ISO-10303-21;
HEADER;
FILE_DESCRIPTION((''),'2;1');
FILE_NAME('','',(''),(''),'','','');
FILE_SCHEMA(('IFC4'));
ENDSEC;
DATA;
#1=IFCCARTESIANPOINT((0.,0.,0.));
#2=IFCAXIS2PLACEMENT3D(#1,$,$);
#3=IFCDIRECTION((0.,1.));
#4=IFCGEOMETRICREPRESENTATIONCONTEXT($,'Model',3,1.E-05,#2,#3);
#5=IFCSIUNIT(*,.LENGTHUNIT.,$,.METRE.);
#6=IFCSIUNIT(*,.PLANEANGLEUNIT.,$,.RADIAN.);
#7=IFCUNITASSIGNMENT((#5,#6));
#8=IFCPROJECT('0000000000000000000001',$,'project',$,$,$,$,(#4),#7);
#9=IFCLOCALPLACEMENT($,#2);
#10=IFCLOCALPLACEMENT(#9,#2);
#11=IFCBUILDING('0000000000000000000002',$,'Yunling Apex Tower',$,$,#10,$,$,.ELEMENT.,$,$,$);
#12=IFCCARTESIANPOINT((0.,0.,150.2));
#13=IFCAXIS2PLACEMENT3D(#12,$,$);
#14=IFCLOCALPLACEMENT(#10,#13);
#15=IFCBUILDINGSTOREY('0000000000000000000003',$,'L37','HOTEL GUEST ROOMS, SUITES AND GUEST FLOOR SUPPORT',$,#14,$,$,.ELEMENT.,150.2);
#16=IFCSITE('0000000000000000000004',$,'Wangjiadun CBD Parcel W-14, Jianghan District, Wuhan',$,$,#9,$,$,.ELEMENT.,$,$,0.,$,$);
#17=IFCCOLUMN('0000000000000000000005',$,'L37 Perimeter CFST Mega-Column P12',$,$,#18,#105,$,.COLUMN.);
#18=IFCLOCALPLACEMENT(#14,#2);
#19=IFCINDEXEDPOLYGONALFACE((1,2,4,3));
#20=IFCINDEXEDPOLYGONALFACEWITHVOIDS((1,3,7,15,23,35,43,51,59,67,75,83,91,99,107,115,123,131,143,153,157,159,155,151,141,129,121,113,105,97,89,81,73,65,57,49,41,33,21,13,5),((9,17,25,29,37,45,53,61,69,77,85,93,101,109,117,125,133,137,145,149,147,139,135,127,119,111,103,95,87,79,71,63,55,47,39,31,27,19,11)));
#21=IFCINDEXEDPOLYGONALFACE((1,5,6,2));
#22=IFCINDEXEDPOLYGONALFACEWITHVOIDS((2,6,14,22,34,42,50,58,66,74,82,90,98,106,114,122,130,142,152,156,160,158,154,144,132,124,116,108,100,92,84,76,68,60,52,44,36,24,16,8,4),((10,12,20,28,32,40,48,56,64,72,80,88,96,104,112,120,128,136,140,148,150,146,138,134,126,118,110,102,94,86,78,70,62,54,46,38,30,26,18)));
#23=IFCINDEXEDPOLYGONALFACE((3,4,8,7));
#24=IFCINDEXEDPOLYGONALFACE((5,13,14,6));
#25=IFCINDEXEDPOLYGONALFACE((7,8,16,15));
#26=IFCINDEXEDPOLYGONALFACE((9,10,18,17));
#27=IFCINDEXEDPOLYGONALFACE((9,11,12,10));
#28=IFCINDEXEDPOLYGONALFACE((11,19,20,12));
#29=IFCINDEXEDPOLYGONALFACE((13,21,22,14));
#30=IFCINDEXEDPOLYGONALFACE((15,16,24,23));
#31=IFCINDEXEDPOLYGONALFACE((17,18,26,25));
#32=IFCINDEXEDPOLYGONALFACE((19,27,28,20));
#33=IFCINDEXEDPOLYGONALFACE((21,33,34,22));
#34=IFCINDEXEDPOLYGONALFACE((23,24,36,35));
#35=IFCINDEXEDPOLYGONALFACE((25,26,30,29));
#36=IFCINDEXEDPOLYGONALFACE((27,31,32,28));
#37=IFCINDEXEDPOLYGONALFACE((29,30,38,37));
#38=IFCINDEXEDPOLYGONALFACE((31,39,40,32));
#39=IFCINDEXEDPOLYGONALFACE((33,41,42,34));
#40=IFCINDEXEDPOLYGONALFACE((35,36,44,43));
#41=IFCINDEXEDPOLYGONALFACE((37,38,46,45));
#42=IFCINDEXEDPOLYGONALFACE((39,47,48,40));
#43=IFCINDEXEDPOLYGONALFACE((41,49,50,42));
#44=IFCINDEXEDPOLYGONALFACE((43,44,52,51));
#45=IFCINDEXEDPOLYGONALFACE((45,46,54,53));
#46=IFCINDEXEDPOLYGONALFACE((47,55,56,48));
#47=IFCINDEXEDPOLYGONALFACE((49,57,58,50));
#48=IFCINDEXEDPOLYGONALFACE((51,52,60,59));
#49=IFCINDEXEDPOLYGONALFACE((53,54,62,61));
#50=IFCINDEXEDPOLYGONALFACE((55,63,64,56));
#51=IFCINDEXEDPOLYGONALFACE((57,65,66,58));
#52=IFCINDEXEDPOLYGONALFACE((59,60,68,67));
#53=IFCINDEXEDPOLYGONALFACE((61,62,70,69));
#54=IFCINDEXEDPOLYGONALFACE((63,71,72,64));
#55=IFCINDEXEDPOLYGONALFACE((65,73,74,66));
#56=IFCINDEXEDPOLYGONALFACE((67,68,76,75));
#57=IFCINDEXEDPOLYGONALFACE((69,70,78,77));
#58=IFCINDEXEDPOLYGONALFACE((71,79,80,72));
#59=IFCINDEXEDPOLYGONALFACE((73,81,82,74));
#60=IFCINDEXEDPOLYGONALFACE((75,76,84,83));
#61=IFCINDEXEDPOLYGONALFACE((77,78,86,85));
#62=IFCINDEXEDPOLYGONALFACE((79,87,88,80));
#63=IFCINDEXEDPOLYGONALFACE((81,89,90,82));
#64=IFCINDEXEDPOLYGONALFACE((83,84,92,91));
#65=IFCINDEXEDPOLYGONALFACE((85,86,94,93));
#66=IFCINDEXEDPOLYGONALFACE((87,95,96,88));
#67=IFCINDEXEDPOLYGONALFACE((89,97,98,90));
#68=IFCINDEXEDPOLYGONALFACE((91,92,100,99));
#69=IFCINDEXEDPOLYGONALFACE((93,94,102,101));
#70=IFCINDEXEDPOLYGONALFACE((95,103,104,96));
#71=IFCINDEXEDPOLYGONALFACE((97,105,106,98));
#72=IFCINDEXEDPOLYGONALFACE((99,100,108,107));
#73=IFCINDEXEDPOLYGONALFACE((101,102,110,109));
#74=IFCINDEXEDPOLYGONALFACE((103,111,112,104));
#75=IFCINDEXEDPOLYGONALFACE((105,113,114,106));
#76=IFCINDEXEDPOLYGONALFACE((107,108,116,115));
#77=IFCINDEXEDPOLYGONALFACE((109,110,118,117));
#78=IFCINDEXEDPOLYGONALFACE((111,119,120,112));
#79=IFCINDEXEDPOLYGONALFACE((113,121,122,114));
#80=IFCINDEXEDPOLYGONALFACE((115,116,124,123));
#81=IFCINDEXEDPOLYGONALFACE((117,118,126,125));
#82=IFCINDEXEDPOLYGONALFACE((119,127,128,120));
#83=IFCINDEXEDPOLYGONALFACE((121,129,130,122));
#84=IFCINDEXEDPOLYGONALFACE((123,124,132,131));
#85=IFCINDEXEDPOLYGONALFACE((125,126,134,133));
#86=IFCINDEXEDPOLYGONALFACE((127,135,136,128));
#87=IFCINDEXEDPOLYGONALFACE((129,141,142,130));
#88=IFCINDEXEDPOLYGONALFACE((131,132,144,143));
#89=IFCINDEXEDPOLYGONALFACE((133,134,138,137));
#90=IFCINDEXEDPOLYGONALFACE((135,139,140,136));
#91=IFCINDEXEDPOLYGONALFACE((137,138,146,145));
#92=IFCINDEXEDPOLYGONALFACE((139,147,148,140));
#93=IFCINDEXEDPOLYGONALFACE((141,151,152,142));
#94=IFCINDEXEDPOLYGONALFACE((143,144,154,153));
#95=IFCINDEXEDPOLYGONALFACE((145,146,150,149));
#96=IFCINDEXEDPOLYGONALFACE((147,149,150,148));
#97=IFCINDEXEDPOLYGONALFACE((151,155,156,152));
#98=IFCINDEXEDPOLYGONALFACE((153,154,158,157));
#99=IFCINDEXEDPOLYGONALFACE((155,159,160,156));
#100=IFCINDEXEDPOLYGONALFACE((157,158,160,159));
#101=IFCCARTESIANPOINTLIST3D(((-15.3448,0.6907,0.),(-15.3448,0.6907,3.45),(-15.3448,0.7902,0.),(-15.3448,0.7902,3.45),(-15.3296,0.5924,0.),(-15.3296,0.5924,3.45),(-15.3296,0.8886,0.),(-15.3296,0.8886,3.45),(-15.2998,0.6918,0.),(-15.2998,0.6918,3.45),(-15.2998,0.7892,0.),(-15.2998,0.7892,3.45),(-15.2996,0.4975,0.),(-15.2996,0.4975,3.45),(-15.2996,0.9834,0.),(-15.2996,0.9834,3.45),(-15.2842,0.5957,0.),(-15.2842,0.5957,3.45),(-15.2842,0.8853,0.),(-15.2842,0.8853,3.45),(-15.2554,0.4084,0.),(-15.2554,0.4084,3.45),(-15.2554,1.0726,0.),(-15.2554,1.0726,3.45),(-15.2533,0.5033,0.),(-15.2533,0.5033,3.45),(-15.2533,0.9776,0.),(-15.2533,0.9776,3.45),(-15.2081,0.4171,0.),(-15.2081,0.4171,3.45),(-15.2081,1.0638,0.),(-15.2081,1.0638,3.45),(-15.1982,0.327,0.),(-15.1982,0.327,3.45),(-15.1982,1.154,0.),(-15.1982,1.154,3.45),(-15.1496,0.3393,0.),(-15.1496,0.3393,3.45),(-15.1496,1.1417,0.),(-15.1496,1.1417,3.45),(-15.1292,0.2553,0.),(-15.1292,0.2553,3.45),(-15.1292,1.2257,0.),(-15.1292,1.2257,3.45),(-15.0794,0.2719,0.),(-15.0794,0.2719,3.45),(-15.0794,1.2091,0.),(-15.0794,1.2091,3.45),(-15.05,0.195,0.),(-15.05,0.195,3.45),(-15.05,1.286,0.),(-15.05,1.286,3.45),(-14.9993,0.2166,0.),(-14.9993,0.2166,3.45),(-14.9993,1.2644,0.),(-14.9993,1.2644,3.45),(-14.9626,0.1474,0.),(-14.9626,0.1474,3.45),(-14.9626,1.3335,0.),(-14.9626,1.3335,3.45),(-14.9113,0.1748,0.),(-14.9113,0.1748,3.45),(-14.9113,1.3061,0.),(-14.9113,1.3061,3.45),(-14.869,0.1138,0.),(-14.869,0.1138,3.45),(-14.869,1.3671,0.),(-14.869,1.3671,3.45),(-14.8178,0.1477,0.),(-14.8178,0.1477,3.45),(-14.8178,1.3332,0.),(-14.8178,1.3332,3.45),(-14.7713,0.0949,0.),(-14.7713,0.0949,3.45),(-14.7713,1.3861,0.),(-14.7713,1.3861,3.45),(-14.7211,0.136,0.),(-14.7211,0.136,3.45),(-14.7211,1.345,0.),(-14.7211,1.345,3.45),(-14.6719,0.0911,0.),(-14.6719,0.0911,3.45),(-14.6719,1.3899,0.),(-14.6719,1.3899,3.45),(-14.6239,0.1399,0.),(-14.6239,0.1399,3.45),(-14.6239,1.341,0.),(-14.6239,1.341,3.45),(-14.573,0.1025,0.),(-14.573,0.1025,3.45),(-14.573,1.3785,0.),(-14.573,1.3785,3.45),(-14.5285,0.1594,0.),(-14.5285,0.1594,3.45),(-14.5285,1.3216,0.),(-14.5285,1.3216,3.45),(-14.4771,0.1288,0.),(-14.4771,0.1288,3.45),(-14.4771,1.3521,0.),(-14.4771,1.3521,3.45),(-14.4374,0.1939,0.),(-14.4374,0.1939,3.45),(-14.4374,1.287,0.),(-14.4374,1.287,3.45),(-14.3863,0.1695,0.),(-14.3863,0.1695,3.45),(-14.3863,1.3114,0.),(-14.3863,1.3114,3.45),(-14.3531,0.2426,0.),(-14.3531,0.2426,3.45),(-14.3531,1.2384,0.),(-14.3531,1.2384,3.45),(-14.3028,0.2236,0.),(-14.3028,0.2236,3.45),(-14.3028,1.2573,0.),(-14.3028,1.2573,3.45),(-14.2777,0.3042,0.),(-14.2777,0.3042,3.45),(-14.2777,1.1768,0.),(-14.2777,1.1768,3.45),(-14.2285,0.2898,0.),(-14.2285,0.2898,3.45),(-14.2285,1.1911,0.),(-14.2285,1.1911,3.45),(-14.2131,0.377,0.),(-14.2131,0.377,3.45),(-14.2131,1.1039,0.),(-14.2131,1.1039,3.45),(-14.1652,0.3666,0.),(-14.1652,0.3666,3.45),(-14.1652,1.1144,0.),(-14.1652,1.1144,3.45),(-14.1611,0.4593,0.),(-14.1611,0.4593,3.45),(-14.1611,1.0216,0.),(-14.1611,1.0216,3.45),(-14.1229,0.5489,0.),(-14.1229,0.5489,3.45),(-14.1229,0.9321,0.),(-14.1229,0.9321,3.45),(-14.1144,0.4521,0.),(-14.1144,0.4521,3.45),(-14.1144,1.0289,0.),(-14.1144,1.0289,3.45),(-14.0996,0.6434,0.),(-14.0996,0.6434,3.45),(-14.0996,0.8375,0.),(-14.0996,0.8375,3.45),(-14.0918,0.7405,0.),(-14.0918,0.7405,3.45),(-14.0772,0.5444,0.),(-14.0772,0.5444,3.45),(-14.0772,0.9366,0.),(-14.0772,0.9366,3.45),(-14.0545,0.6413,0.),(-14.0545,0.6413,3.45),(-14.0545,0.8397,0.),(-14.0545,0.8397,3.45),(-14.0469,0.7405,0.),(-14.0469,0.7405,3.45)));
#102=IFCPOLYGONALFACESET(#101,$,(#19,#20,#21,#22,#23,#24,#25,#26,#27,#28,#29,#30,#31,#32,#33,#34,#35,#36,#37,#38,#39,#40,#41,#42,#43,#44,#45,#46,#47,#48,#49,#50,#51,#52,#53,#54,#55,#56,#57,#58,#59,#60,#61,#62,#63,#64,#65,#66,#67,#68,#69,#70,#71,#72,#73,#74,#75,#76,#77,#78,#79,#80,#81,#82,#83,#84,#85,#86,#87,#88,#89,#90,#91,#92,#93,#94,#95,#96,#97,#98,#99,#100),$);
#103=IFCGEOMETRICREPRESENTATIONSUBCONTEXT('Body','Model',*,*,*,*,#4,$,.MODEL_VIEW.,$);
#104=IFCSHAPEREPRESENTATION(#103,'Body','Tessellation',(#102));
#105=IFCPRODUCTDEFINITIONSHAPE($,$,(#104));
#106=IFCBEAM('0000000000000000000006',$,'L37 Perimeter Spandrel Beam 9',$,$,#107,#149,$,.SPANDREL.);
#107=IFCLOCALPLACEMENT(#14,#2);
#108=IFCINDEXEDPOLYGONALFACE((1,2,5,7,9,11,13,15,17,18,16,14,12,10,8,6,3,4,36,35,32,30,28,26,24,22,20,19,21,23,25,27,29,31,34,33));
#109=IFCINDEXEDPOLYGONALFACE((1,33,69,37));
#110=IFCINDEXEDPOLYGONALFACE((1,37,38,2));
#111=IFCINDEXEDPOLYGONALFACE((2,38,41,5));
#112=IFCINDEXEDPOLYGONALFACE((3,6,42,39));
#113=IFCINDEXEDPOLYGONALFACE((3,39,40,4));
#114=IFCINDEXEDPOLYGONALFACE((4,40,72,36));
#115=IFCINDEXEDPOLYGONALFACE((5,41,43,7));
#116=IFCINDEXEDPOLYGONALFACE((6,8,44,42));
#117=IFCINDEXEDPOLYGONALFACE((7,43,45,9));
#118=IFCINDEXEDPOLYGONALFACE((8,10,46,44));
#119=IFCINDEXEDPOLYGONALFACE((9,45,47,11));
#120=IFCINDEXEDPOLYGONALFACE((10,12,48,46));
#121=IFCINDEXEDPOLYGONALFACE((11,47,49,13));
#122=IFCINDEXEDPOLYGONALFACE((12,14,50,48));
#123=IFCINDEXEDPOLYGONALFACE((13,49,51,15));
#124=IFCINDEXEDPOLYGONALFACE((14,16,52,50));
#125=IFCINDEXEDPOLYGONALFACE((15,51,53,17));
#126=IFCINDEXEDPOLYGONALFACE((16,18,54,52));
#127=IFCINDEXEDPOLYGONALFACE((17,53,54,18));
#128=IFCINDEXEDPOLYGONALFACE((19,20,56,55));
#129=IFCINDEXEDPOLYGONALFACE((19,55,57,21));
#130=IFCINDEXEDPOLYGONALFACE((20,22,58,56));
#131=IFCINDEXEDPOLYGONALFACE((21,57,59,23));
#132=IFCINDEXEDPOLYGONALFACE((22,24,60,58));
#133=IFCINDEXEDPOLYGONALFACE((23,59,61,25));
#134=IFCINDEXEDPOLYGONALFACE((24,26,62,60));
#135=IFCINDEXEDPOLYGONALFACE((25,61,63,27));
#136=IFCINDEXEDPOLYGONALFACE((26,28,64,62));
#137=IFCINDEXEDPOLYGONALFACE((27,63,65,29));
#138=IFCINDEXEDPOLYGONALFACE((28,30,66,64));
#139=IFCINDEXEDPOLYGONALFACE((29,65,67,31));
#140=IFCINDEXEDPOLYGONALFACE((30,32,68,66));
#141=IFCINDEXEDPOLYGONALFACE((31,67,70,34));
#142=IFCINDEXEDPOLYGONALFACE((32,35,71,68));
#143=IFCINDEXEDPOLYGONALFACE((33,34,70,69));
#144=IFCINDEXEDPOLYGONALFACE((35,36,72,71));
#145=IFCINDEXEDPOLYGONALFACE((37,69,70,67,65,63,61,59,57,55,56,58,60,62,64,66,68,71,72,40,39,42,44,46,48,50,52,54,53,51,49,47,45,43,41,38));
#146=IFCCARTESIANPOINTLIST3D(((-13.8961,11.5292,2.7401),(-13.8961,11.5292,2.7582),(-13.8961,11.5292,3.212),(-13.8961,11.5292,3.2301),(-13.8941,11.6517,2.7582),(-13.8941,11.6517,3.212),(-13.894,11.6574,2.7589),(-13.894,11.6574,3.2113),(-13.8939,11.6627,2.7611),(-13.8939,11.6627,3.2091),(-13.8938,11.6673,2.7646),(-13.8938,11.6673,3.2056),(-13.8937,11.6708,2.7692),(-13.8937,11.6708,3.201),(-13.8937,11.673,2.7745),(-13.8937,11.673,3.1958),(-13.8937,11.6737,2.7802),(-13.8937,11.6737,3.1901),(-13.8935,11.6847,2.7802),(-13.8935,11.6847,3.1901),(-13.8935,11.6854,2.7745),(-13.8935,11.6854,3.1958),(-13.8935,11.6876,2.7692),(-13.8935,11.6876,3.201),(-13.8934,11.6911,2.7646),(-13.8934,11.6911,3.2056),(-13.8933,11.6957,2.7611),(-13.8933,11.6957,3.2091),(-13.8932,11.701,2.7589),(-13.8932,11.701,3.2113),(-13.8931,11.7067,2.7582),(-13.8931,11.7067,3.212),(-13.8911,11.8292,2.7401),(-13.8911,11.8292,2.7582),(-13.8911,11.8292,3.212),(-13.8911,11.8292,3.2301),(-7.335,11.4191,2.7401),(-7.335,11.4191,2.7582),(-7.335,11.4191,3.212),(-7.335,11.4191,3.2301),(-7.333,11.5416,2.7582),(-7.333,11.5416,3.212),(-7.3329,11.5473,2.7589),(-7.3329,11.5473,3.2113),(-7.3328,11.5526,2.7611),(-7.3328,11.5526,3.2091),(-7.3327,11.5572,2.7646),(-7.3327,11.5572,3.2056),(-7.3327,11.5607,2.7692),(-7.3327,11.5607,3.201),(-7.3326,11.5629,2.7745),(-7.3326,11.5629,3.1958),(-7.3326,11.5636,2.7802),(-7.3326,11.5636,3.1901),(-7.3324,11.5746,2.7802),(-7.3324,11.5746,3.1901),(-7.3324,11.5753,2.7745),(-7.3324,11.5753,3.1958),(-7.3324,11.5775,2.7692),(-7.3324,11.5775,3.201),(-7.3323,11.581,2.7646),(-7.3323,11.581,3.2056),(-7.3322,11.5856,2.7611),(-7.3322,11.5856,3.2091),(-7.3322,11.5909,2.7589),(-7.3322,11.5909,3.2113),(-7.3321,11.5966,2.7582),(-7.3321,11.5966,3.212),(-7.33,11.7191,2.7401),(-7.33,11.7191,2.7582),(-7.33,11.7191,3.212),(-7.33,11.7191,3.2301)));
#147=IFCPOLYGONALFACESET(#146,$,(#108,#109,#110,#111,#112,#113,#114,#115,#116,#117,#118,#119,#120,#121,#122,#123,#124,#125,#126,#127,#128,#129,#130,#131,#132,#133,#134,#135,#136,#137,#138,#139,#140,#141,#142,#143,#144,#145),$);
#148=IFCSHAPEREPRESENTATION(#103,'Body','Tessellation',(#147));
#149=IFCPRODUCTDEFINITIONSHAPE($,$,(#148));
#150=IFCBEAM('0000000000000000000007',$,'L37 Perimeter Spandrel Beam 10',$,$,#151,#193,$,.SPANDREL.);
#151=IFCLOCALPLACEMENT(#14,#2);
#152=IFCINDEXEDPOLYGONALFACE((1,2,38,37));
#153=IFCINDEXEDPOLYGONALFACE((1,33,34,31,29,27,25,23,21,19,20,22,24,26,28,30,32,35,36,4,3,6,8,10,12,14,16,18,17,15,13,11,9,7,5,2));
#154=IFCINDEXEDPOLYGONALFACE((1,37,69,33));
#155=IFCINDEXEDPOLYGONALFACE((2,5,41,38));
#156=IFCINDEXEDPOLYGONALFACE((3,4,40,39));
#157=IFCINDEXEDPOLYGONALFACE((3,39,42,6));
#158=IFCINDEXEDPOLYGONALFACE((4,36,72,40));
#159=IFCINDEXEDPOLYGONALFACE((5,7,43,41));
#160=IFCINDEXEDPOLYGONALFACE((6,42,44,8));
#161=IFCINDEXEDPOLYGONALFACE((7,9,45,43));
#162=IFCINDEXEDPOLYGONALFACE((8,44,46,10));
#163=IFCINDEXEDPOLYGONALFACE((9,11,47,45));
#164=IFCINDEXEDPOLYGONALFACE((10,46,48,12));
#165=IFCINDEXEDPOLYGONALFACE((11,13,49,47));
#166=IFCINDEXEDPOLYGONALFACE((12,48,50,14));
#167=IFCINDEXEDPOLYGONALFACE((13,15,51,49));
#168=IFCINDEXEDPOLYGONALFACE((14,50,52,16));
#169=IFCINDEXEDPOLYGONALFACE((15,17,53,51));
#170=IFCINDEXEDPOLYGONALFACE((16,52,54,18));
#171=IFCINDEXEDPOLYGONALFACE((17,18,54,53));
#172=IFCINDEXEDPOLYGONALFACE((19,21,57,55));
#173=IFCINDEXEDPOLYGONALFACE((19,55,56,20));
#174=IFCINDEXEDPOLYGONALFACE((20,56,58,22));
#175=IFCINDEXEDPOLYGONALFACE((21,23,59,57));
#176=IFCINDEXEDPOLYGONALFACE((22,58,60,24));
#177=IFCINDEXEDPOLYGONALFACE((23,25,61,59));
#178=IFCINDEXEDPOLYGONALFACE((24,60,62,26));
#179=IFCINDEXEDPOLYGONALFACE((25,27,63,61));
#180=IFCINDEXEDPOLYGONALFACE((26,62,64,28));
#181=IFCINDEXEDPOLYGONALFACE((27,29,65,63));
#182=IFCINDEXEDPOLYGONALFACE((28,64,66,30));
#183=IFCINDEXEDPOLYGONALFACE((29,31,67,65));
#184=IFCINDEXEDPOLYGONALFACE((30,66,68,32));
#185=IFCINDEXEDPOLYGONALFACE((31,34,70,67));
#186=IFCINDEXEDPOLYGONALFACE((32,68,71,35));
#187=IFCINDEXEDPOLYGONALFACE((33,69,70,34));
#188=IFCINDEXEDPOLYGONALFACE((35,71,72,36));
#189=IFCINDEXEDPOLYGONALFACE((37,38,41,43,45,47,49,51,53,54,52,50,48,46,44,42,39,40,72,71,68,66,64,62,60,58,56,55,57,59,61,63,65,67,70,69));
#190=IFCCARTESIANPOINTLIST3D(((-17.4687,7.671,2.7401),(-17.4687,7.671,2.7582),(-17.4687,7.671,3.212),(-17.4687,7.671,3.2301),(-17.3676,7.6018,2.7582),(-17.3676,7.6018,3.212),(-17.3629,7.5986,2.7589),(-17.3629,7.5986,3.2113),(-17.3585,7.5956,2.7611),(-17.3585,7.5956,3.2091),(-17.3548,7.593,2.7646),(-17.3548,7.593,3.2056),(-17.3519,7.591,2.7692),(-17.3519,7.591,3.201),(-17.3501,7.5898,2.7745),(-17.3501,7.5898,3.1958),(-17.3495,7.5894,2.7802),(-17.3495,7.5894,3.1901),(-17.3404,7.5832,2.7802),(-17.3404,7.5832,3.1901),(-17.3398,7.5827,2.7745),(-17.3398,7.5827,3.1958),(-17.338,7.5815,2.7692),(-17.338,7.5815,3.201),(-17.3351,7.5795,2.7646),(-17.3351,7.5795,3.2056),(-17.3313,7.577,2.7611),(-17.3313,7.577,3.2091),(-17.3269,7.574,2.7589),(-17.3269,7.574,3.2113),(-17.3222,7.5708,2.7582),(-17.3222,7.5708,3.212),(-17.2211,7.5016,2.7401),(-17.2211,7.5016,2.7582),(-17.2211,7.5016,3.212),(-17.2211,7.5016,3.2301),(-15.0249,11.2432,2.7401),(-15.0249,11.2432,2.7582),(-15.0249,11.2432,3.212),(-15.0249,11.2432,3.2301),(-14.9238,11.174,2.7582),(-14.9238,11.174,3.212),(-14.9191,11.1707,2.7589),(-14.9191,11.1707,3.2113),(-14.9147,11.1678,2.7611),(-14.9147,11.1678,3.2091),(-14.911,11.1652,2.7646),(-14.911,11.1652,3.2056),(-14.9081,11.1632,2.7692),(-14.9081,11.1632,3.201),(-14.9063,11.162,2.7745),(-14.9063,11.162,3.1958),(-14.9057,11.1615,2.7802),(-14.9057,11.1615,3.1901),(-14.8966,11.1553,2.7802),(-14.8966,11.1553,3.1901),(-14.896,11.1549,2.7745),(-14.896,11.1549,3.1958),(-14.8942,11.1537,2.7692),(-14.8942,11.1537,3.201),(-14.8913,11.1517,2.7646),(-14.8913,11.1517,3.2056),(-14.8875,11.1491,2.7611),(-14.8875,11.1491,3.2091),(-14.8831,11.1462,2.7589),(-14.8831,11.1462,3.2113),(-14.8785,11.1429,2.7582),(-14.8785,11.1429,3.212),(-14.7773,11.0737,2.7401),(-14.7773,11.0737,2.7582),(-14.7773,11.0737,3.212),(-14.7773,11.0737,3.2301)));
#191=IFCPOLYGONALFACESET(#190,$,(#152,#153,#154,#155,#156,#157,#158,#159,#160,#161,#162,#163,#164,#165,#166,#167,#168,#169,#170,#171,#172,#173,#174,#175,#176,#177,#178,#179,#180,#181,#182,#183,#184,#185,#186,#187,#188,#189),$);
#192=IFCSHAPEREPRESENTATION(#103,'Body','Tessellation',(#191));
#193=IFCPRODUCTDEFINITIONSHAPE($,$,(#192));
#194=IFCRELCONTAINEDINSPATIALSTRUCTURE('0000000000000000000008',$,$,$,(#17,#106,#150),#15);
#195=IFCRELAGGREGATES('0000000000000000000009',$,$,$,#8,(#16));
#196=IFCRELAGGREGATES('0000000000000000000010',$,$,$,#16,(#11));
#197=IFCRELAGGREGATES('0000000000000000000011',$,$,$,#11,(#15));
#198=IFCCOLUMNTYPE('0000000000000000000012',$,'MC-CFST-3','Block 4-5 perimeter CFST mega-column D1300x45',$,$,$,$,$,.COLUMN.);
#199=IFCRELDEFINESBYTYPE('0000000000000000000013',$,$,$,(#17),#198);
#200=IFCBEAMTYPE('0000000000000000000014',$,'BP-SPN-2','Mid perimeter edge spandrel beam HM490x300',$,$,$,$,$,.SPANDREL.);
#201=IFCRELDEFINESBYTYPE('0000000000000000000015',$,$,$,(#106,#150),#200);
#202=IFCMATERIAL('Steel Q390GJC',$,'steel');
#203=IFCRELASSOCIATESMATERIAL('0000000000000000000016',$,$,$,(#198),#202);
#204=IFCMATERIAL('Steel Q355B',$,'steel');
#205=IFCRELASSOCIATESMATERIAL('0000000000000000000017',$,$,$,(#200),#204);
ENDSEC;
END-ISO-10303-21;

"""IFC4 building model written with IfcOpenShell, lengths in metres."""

from ifc_helpers import new_model, si_unit, direction, frame, origin, origin_2d, place, context, subcontext, project, spatial, hollow_circle, i_section, extrude, source, transform, mapped, material, material_profile, profile_set, type_object, element, save


model = new_model("IFC4")

# Units and contexts
model_context = context("Model", 3, precision=1e-05, world=origin(), true_north=direction((0.0, 1.0)))
body_context = subcontext(model_context, "Body", "Model", "MODEL_VIEW")
ifc_project = project(units=[si_unit("LENGTHUNIT", "METRE"), si_unit("PLANEANGLEUNIT", "RADIAN")], contexts=[model_context])

# Site, building, storey
site_placement = place(None, origin())
site = spatial("IfcSite", under=ifc_project, at=site_placement, Name="Wangjiadun CBD Parcel W-14, Jianghan District, Wuhan", CompositionType="ELEMENT", RefElevation=0.0)
building_placement = place(site_placement, origin())
building = spatial("IfcBuilding", under=site, at=building_placement, Name="Yunling Apex Tower", CompositionType="ELEMENT")
storey_placement = place(building_placement, frame((0.0, 0.0, 150.2)))
storey = spatial("IfcBuildingStorey", under=building, at=storey_placement, Name="L37", Description="HOTEL GUEST ROOMS, SUITES AND GUEST FLOOR SUPPORT", CompositionType="ELEMENT", Elevation=150.2)

# Column
ifc_material_1 = material(Name="Steel Q390GJC", Category="steel")
ifc_material_profile_1 = material_profile(ifc_material_1, hollow_circle(Radius=0.6499, WallThickness=0.0449, at=origin_2d()))
ifc_profile_set_1 = profile_set([ifc_material_profile_1], Name="Steel Q390GJC")
column_type = type_object("IfcColumnType", Name="MC-CFST-3", Description="Block 4-5 perimeter CFST mega-column D1300x45", PredefinedType="COLUMN", material=ifc_profile_set_1)
shared_shape_1 = source(origin(), body_context, "Body", "SweptSolid", [
    extrude(hollow_circle(Radius=0.6499, WallThickness=0.0449, at=origin_2d()), origin(), (0.0, 0.0, 1.0), 3.45),
])
for number, where, z_axis, x_axis, name in (
    (1, (-14.6968, 0.7405, 0.0), (0.0, 0.0, 1.0), (1.0, 0.0, 0.0), "L37 Perimeter CFST Mega-Column P12"),
):
    element("IfcColumn", number, at=place(storey_placement, frame(where, z_axis=z_axis, x_axis=x_axis)), inside=storey, type_object=column_type, Name=name, PredefinedType="COLUMN", context=body_context, shape_type="MappedRepresentation", body=[
        mapped(shared_shape_1, transform((0.0, 0.0, 0.0), scale=1.0)),
    ])

# Beams
ifc_material_2 = material(Name="Steel Q355B", Category="steel")
ifc_material_profile_2 = material_profile(ifc_material_2, i_section(OverallWidth=0.3, OverallDepth=0.49, WebThickness=0.011, FlangeThickness=0.0181, FilletRadius=0.022, at=origin_2d()))
ifc_profile_set_2 = profile_set([ifc_material_profile_2], Name="Steel Q355B")
beam_type_1 = type_object("IfcBeamType", Name="BP-SPN-2", Description="Mid perimeter edge spandrel beam HM490x300", PredefinedType="SPANDREL", material=ifc_profile_set_2)
shared_shape_2 = source(origin(), body_context, "Body", "SweptSolid", [
    extrude(i_section(OverallWidth=0.3, OverallDepth=0.49, WebThickness=0.011, FlangeThickness=0.0181, FilletRadius=0.022, at=origin_2d()), origin(), (0.0, 0.0, 1.0), 6.562),
])
beam_1_placement = place(storey_placement, frame((-7.3325, 11.5691, 2.9851), z_axis=(-0.999859, 0.01678, 0.0), x_axis=(-0.01678, -0.999859, 0.0)))
element("IfcBeam", 2, at=beam_1_placement, inside=storey, type_object=beam_type_1, Name="L37 Perimeter Spandrel Beam 9", PredefinedType="SPANDREL", context=body_context, shape_type="MappedRepresentation", body=[
    mapped(shared_shape_2, transform((0.0, 0.0, 0.0), scale=1.0)),
])
shared_shape_3 = source(origin(), body_context, "Body", "SweptSolid", [
    extrude(i_section(OverallWidth=0.3, OverallDepth=0.49, WebThickness=0.011, FlangeThickness=0.0181, FilletRadius=0.022, at=origin_2d()), origin(), (0.0, 0.0, 1.0), 4.3281),
])
beam_2_placement = place(storey_placement, frame((-14.9011, 11.1584, 2.9851), z_axis=(-0.564631, -0.825343, 0.0), x_axis=(0.825343, -0.564631, 0.0)))
element("IfcBeam", 3, at=beam_2_placement, inside=storey, type_object=beam_type_1, Name="L37 Perimeter Spandrel Beam 10", PredefinedType="SPANDREL", context=body_context, shape_type="MappedRepresentation", body=[
    mapped(shared_shape_3, transform((0.0, 0.0, 0.0), scale=1.0)),
])

save(model, "model.ifc")
